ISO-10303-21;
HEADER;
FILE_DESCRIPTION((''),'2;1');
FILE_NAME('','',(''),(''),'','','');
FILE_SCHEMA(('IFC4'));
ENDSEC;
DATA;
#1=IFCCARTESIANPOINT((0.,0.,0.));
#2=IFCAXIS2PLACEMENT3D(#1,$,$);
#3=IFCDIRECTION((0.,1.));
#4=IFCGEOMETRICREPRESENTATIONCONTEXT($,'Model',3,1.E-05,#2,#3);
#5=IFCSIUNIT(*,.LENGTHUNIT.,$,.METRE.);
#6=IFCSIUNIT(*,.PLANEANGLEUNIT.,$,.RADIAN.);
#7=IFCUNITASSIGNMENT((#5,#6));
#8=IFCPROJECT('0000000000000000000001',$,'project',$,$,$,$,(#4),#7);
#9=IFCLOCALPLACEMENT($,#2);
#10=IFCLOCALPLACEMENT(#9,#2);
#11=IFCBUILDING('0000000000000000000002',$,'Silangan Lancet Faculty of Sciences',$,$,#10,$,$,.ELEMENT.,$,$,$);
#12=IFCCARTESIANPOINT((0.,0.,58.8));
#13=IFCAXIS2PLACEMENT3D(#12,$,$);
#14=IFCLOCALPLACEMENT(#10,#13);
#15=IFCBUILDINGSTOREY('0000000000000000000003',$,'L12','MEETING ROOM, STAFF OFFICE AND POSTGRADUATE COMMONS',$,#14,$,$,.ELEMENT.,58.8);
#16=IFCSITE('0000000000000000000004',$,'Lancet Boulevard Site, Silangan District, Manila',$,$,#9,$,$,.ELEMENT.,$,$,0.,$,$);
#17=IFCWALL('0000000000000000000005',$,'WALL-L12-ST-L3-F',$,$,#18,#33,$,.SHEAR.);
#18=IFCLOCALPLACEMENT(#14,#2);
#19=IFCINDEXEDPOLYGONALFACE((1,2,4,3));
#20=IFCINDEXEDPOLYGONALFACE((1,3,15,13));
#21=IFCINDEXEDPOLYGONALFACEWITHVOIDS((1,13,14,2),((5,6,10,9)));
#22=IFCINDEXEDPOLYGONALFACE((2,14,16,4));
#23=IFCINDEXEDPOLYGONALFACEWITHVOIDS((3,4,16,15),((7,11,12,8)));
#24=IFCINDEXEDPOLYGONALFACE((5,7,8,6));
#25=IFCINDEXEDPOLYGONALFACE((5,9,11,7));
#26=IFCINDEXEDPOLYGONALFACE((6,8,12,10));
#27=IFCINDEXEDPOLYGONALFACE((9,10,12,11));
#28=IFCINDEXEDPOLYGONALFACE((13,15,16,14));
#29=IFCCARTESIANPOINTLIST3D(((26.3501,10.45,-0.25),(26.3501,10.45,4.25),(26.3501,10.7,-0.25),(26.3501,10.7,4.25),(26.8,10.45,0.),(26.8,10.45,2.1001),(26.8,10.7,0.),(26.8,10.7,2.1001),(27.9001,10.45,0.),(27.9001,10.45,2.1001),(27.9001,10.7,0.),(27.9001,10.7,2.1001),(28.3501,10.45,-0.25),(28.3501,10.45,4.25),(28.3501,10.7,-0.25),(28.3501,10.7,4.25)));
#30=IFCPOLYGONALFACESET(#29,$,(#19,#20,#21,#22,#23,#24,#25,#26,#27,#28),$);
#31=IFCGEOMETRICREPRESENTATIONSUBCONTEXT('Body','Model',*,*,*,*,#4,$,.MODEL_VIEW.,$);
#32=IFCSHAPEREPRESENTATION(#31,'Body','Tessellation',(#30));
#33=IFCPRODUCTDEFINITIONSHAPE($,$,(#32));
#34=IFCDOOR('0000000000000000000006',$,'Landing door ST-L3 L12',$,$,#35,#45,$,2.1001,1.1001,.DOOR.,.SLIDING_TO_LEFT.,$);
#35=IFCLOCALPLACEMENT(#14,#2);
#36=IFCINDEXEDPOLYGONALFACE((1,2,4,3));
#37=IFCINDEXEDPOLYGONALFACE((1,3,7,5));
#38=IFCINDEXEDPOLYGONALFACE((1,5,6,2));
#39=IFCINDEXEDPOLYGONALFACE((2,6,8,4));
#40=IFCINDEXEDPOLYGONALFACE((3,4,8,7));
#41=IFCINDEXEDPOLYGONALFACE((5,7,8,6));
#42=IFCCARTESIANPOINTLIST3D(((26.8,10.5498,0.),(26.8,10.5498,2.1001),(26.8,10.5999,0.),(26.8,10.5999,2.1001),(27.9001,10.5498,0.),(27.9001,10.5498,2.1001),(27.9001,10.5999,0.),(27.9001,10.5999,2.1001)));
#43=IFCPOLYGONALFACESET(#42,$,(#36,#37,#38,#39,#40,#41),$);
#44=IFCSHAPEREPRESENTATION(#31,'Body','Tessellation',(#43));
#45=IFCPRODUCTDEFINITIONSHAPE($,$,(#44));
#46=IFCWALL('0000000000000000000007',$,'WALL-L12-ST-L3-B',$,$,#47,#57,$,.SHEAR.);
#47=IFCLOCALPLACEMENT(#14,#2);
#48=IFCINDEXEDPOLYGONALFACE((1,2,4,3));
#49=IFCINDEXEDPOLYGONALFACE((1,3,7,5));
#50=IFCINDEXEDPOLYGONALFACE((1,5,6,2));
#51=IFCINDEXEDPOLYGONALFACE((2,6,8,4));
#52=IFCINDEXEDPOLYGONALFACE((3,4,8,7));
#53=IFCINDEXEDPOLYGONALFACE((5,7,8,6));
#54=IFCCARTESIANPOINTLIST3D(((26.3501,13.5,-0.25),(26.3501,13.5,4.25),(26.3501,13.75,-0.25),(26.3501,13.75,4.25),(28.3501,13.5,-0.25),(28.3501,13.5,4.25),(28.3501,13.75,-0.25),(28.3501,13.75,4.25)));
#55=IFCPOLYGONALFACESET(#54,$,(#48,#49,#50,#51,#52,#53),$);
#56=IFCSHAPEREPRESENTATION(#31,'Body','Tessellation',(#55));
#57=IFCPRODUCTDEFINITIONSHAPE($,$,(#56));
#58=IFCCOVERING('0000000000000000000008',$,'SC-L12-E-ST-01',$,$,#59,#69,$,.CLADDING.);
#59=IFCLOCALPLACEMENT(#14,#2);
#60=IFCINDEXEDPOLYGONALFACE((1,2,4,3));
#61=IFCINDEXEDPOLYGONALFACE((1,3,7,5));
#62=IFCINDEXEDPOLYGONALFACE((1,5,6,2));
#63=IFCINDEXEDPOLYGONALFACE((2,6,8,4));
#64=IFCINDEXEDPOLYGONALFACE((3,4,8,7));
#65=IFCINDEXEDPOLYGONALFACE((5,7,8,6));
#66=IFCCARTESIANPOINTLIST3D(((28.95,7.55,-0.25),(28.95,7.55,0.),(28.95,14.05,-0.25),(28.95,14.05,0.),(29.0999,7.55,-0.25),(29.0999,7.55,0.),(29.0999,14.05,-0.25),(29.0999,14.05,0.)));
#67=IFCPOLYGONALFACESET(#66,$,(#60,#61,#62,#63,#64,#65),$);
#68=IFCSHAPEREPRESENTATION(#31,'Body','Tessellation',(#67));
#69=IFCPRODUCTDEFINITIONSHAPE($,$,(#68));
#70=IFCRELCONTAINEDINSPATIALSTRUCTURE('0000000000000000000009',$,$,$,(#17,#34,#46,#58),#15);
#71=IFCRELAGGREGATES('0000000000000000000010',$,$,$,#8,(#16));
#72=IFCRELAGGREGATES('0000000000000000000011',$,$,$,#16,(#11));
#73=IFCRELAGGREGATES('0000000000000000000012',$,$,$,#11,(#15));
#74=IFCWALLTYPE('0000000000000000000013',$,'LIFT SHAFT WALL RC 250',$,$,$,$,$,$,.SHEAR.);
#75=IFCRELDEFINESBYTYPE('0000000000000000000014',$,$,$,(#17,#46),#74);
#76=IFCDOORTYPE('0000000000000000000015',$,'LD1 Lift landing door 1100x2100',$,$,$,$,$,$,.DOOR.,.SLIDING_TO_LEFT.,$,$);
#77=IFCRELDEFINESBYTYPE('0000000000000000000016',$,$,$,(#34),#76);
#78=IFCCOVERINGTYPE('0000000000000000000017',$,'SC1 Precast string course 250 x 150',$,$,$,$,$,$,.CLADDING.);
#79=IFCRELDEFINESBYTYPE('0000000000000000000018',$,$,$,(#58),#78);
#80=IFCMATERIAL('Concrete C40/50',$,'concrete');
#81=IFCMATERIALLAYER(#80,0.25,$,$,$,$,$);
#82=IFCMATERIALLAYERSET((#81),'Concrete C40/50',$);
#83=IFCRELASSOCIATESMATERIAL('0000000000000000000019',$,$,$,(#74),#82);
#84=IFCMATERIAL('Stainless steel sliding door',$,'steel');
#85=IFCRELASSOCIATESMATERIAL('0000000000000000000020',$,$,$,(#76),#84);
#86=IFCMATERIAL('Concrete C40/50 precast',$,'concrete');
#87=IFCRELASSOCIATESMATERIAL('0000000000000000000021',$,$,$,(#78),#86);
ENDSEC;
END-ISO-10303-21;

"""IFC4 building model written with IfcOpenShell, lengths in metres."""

from ifc_helpers import new_model, si_unit, direction, frame, frame_2d, origin, origin_2d, place, context, subcontext, project, spatial, rectangle, extrude, material, layer, layer_set, type_object, element, fill, save


model = new_model("IFC4")

# Units and contexts
model_context = context("Model", 3, precision=1e-05, world=origin(), true_north=direction((0.0, 1.0)))
body_context = subcontext(model_context, "Body", "Model", "MODEL_VIEW")
ifc_project = project(units=[si_unit("LENGTHUNIT", "METRE"), si_unit("PLANEANGLEUNIT", "RADIAN")], contexts=[model_context])

# Site, building, storey
site_placement = place(None, origin())
site = spatial("IfcSite", under=ifc_project, at=site_placement, Name="Lancet Boulevard Site, Silangan District, Manila", CompositionType="ELEMENT", RefElevation=0.0)
building_placement = place(site_placement, origin())
building = spatial("IfcBuilding", under=site, at=building_placement, Name="Silangan Lancet Faculty of Sciences", CompositionType="ELEMENT")
storey_placement = place(building_placement, frame((0.0, 0.0, 58.8)))
storey = spatial("IfcBuildingStorey", under=building, at=storey_placement, Name="L12", Description="MEETING ROOM, STAFF OFFICE AND POSTGRADUATE COMMONS", CompositionType="ELEMENT", Elevation=58.8)

# Shared definitions
ifc_material_1 = material(Name="Concrete C40/50", Category="concrete")
ifc_layer_1 = layer(ifc_material_1, 0.25)
ifc_layer_set_1 = layer_set([ifc_layer_1], Name="Concrete C40/50")
wall_type_1 = type_object("IfcWallType", Name="LIFT SHAFT WALL RC 250", PredefinedType="SHEAR", material=ifc_layer_set_1)
ifc_material_2 = material(Name="Stainless steel sliding door", Category="steel")
door_type = type_object("IfcDoorType", Name="LD1 Lift landing door 1100x2100", OperationType="SLIDING_TO_LEFT", PredefinedType="DOOR", material=ifc_material_2)

# Wall, opening, door
wall_1_placement = place(storey_placement, frame((26.3501, 10.575, -0.25), z_axis=(0.0, 0.0, 1.0), x_axis=(1.0, 0.0, 0.0)))
wall_1 = element("IfcWall", 1, at=wall_1_placement, inside=storey, type_object=wall_type_1, Name="WALL-L12-ST-L3-F", PredefinedType="SHEAR", context=body_context, shape_type="SweptSolid", body=[
    extrude(rectangle(XDim=2.0, YDim=0.25, at=frame_2d((1.0, 0.0))), origin(), (0.0, 0.0, 1.0), 4.5),
])
opening_1_placement = place(wall_1_placement, frame((0.45, 0.0, 0.25)))
opening_1 = element("IfcOpeningElement", 2, at=opening_1_placement, cuts=wall_1, PredefinedType="OPENING", context=body_context, shape_type="SweptSolid", body=[
    extrude(rectangle(XDim=1.1001, YDim=2.1001, at=frame_2d((0.55, 1.05))), frame((0.0, 0.135, 0.0), z_axis=(0.0, -1.0, 0.0), x_axis=(1.0, 0.0, 0.0)), (0.0, 0.0, 1.0), 0.27),
])
door_1_placement = place(opening_1_placement, origin())
door_1 = element("IfcDoor", 3, at=door_1_placement, inside=storey, type_object=door_type, Name="Landing door ST-L3 L12", OperationType="SLIDING_TO_LEFT", OverallHeight=2.1001, OverallWidth=1.1001, PredefinedType="DOOR", context=body_context, shape_type="SweptSolid", body=[
    extrude(rectangle(XDim=1.1001, YDim=2.1001, at=frame_2d((0.55, 1.05))), frame((0.0, 0.0249, 0.0), z_axis=(0.0, -1.0, 0.0), x_axis=(1.0, 0.0, 0.0)), (0.0, 0.0, 1.0), 0.05),
])
fill(opening_1, door_1)

# Wall
wall_2_placement = place(storey_placement, frame((26.3501, 13.625, -0.25), z_axis=(0.0, 0.0, 1.0), x_axis=(1.0, 0.0, 0.0)))
element("IfcWall", 4, at=wall_2_placement, inside=storey, type_object=wall_type_1, Name="WALL-L12-ST-L3-B", PredefinedType="SHEAR", context=body_context, shape_type="SweptSolid", body=[
    extrude(rectangle(XDim=2.0, YDim=0.25, at=frame_2d((1.0, 0.0))), origin(), (0.0, 0.0, 1.0), 4.5),
])

# Covering
ifc_material_3 = material(Name="Concrete C40/50 precast", Category="concrete")
covering_type = type_object("IfcCoveringType", Name="SC1 Precast string course 250 x 150", PredefinedType="CLADDING", material=ifc_material_3)
covering_placement = place(storey_placement, frame((29.0249, 10.8, -0.25), z_axis=(0.0, 0.0, 1.0), x_axis=(1.0, 0.0, 0.0)))
element("IfcCovering", 5, at=covering_placement, inside=storey, type_object=covering_type, Name="SC-L12-E-ST-01", PredefinedType="CLADDING", context=body_context, shape_type="SweptSolid", body=[
    extrude(rectangle(XDim=0.1499, YDim=6.5, at=origin_2d()), origin(), (0.0, 0.0, 1.0), 0.25),
])

save(model, "model.ifc")
